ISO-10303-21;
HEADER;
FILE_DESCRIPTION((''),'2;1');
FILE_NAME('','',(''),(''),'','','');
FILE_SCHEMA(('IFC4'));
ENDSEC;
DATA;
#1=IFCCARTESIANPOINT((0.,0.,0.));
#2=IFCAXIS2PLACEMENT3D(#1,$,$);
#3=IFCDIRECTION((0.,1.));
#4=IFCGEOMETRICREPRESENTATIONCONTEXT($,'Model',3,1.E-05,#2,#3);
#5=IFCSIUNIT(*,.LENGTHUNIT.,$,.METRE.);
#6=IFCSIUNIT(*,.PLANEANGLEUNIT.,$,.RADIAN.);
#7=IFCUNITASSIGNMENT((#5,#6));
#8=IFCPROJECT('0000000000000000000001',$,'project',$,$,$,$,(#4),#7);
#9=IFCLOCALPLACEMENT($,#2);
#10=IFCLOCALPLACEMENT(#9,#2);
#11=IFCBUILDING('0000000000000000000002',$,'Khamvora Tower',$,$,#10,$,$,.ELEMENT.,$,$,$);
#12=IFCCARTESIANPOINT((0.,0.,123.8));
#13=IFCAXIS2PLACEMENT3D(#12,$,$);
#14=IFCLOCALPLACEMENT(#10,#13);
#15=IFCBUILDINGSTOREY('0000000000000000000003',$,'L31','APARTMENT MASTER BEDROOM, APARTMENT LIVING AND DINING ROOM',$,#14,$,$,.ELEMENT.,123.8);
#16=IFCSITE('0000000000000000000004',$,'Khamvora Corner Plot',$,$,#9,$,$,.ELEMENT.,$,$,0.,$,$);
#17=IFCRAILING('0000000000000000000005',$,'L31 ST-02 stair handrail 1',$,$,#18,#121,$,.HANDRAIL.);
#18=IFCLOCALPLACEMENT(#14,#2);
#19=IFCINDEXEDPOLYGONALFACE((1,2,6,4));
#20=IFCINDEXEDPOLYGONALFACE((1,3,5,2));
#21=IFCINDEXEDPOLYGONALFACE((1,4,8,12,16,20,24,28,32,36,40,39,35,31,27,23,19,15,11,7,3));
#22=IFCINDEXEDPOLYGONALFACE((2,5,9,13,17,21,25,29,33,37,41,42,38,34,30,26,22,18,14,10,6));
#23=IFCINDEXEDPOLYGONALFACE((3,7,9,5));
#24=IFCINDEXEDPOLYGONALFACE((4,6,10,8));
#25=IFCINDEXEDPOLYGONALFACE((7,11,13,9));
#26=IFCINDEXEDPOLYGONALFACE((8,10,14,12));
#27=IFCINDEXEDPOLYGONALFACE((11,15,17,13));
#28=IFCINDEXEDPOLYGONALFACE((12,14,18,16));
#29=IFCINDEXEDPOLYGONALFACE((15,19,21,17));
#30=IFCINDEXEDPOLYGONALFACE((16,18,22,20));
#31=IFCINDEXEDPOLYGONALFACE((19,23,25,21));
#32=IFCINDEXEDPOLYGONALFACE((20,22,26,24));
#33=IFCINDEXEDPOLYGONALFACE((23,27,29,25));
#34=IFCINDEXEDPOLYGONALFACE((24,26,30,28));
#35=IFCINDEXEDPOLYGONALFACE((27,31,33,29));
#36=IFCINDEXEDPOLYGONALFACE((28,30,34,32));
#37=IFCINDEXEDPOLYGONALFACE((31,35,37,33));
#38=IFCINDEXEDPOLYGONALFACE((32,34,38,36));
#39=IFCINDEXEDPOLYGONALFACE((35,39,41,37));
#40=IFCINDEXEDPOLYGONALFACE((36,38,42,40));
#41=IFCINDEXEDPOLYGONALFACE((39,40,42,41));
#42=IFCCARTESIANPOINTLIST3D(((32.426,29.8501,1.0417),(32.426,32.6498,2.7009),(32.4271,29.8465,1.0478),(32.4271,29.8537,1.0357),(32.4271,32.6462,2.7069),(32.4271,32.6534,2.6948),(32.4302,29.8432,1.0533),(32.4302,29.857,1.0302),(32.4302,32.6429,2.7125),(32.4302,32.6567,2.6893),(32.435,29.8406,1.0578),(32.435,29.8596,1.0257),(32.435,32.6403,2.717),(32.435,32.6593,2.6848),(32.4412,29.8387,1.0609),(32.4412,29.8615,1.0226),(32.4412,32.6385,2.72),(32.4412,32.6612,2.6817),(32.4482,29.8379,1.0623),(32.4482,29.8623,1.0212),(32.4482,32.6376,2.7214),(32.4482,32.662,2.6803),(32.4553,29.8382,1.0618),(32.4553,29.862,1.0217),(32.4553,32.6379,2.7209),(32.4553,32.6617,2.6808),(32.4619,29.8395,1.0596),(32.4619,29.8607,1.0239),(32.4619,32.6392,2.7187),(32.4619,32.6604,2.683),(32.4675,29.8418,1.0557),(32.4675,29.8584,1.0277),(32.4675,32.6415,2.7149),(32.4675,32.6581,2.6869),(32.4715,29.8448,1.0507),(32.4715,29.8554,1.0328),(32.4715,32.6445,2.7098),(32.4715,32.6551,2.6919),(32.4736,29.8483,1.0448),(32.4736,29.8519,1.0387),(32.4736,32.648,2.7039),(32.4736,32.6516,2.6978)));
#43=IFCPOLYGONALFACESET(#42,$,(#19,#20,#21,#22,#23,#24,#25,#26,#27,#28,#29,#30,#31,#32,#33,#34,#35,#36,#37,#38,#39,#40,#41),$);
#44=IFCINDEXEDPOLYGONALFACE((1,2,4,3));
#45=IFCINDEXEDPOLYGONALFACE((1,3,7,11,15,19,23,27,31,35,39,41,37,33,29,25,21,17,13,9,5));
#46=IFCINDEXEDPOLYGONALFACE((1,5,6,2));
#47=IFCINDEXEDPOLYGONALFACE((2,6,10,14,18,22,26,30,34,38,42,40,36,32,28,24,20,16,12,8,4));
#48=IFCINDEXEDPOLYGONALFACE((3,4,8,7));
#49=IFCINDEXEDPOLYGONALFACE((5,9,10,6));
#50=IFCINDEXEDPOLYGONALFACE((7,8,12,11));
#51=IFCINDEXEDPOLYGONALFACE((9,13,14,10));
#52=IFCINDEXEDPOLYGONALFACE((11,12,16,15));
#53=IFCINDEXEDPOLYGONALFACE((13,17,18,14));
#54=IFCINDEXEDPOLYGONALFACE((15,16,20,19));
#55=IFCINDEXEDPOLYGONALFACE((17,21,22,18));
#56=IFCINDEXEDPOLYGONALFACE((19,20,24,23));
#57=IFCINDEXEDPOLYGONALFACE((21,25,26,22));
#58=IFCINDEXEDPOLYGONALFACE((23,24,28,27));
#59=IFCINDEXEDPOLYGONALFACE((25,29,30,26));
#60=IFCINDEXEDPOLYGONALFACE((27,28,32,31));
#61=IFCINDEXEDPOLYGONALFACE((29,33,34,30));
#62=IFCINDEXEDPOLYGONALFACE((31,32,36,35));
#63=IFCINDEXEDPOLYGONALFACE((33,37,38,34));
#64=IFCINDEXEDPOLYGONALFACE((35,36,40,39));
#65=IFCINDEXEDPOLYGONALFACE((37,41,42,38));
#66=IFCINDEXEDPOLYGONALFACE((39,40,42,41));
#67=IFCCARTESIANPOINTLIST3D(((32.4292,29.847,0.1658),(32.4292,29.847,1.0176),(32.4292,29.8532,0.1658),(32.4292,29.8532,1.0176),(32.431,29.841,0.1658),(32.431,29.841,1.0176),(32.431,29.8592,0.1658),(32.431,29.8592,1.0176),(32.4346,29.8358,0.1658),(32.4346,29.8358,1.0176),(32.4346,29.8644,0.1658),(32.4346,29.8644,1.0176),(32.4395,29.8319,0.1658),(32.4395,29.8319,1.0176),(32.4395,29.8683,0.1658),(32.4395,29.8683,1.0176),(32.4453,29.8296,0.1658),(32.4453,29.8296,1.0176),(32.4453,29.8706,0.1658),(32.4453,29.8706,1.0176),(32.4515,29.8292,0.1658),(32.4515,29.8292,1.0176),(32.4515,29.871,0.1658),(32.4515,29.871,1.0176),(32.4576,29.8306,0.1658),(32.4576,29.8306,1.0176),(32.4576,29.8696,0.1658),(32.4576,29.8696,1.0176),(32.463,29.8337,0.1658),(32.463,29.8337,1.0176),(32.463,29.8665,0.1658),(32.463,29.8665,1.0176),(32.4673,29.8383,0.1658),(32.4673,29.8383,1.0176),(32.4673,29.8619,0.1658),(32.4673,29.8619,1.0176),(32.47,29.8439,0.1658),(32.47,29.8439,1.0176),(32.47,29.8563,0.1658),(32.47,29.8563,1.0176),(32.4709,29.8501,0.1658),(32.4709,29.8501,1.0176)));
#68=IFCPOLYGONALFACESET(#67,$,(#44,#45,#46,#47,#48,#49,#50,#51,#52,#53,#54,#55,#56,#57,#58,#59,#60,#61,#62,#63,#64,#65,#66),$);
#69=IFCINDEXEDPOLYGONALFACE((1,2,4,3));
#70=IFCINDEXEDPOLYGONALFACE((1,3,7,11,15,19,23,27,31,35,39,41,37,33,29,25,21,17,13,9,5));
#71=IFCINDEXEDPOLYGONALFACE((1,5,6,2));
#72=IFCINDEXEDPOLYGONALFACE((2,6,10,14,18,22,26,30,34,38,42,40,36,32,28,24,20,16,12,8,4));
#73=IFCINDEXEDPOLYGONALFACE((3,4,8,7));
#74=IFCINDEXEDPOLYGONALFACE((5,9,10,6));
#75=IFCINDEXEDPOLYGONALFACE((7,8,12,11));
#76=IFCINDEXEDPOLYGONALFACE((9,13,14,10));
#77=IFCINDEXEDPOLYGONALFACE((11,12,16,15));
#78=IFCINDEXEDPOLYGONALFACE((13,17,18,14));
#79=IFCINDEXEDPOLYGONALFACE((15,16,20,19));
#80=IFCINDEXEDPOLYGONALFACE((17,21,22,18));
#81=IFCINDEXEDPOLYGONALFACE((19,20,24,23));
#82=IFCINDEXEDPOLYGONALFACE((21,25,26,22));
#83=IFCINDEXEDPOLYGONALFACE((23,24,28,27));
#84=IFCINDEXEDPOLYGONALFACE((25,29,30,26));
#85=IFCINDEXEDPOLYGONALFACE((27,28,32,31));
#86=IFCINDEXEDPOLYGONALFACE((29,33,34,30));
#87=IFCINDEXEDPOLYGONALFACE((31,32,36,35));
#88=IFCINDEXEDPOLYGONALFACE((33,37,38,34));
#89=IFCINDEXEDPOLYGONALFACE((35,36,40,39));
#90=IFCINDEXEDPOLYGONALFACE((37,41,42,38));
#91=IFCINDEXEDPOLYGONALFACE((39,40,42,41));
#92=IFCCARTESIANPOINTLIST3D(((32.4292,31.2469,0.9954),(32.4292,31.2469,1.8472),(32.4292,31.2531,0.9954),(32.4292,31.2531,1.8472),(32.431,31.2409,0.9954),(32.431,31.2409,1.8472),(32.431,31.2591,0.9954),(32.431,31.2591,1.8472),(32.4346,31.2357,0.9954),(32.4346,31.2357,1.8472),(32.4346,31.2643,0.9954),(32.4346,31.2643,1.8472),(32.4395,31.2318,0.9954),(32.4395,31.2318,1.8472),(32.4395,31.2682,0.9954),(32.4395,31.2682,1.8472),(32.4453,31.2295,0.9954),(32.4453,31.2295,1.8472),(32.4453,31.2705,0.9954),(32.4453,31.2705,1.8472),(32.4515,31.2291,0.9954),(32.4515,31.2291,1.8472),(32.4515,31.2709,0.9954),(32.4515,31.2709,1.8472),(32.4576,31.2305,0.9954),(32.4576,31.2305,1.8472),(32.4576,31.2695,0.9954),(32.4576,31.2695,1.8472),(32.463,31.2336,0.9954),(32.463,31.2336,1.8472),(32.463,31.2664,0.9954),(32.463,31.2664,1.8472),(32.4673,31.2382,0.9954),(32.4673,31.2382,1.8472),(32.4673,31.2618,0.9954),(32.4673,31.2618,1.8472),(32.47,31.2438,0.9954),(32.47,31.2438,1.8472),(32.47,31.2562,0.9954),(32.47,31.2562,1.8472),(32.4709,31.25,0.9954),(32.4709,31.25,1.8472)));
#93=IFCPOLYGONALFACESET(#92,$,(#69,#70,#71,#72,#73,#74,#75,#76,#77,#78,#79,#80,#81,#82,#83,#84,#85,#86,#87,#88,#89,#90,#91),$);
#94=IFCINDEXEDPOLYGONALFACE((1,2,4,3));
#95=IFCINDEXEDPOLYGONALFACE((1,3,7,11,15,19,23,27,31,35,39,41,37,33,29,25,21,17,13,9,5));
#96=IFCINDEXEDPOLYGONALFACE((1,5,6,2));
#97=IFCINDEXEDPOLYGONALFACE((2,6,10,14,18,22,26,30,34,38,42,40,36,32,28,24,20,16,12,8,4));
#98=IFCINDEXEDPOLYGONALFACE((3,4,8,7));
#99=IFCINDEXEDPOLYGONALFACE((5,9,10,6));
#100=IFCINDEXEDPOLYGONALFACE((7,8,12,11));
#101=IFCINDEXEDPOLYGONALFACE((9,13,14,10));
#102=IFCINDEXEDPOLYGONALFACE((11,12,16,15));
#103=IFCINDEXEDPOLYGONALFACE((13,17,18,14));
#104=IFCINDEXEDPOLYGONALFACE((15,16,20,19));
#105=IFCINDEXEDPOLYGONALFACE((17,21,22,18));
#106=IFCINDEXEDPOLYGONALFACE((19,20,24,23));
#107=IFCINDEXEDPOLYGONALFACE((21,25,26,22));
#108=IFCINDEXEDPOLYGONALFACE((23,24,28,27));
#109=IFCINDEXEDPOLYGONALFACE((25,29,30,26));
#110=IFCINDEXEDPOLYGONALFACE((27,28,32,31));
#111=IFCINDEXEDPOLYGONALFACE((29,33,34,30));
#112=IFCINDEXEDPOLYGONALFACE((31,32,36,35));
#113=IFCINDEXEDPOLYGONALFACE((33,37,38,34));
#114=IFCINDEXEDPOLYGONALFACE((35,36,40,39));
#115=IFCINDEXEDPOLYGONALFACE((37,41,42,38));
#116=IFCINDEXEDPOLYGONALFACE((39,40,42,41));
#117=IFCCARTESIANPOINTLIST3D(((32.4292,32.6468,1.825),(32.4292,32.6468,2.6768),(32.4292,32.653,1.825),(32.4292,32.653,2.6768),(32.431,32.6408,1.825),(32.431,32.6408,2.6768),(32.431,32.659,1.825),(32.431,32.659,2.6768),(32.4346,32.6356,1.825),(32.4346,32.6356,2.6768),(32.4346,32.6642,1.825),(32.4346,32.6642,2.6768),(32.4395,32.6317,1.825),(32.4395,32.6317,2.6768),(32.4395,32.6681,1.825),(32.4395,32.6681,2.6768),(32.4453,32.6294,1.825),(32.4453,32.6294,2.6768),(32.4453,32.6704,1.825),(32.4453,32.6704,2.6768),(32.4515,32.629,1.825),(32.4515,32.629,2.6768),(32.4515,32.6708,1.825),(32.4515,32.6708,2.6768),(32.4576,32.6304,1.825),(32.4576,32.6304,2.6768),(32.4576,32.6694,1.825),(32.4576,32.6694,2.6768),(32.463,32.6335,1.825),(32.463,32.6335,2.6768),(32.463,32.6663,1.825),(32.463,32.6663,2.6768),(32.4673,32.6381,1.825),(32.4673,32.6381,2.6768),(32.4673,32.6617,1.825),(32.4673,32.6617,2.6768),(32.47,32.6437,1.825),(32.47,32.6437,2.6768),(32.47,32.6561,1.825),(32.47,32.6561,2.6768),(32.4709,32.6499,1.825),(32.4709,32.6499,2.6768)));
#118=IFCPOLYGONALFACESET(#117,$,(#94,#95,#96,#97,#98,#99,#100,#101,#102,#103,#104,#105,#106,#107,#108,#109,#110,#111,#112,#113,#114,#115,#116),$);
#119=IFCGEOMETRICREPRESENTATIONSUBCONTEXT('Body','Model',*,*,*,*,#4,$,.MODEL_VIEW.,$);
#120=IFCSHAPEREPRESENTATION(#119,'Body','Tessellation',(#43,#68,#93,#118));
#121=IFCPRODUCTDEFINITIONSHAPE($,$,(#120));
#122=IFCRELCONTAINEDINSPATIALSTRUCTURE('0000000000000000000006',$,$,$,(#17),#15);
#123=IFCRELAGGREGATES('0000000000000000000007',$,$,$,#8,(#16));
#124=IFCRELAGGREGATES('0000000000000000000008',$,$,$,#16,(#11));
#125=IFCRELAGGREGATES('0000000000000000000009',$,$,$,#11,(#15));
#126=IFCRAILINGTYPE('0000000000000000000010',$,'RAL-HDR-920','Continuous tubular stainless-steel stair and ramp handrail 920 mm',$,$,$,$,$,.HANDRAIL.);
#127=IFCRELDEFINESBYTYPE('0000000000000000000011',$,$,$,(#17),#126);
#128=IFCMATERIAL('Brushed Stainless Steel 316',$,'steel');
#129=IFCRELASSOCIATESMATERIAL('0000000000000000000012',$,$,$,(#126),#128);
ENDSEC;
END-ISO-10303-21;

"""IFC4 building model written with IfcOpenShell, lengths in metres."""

from ifc_helpers import new_model, si_unit, direction, frame, origin, origin_2d, place, context, subcontext, project, spatial, circle, extrude, material, type_object, element, save


model = new_model("IFC4")

# Units and contexts
model_context = context("Model", 3, precision=1e-05, world=origin(), true_north=direction((0.0, 1.0)))
body_context = subcontext(model_context, "Body", "Model", "MODEL_VIEW")
ifc_project = project(units=[si_unit("LENGTHUNIT", "METRE"), si_unit("PLANEANGLEUNIT", "RADIAN")], contexts=[model_context])

# Site, building, storey
site_placement = place(None, origin())
site = spatial("IfcSite", under=ifc_project, at=site_placement, Name="Khamvora Corner Plot", CompositionType="ELEMENT", RefElevation=0.0)
building_placement = place(site_placement, origin())
building = spatial("IfcBuilding", under=site, at=building_placement, Name="Khamvora Tower", CompositionType="ELEMENT")
storey_placement = place(building_placement, frame((0.0, 0.0, 123.8)))
storey = spatial("IfcBuildingStorey", under=building, at=storey_placement, Name="L31", Description="APARTMENT MASTER BEDROOM, APARTMENT LIVING AND DINING ROOM", CompositionType="ELEMENT", Elevation=123.8)

# Railing
ifc_material_1 = material(Name="Brushed Stainless Steel 316", Category="steel")
railing_type_1 = type_object("IfcRailingType", Name="RAL-HDR-920", Description="Continuous tubular stainless-steel stair and ramp handrail 920 mm", PredefinedType="HANDRAIL", material=ifc_material_1)
railing_1_placement = place(storey_placement, frame((32.45, 29.8501, 0.1658)))
element("IfcRailing", 1, at=railing_1_placement, inside=storey, type_object=railing_type_1, Name="L31 ST-02 stair handrail 1", PredefinedType="HANDRAIL", context=body_context, shape_type="SweptSolid", body=[
    extrude(circle(Radius=0.0239, at=origin_2d()), frame((0.0, 0.0, 0.876), z_axis=(0.0, 0.860287, 0.509811), x_axis=(-1.0, 0.0, 0.0)), (0.0, 0.0, 1.0), 3.2544),
    extrude(circle(Radius=0.021, at=origin_2d()), origin(), (0.0, 0.0, 1.0), 0.8518),
    extrude(circle(Radius=0.021, at=origin_2d()), frame((0.0, 1.3999, 0.8296)), (0.0, 0.0, 1.0), 0.8518),
    extrude(circle(Radius=0.021, at=origin_2d()), frame((0.0, 2.7998, 1.6592)), (0.0, 0.0, 1.0), 0.8518),
])

save(model, "model.ifc")
